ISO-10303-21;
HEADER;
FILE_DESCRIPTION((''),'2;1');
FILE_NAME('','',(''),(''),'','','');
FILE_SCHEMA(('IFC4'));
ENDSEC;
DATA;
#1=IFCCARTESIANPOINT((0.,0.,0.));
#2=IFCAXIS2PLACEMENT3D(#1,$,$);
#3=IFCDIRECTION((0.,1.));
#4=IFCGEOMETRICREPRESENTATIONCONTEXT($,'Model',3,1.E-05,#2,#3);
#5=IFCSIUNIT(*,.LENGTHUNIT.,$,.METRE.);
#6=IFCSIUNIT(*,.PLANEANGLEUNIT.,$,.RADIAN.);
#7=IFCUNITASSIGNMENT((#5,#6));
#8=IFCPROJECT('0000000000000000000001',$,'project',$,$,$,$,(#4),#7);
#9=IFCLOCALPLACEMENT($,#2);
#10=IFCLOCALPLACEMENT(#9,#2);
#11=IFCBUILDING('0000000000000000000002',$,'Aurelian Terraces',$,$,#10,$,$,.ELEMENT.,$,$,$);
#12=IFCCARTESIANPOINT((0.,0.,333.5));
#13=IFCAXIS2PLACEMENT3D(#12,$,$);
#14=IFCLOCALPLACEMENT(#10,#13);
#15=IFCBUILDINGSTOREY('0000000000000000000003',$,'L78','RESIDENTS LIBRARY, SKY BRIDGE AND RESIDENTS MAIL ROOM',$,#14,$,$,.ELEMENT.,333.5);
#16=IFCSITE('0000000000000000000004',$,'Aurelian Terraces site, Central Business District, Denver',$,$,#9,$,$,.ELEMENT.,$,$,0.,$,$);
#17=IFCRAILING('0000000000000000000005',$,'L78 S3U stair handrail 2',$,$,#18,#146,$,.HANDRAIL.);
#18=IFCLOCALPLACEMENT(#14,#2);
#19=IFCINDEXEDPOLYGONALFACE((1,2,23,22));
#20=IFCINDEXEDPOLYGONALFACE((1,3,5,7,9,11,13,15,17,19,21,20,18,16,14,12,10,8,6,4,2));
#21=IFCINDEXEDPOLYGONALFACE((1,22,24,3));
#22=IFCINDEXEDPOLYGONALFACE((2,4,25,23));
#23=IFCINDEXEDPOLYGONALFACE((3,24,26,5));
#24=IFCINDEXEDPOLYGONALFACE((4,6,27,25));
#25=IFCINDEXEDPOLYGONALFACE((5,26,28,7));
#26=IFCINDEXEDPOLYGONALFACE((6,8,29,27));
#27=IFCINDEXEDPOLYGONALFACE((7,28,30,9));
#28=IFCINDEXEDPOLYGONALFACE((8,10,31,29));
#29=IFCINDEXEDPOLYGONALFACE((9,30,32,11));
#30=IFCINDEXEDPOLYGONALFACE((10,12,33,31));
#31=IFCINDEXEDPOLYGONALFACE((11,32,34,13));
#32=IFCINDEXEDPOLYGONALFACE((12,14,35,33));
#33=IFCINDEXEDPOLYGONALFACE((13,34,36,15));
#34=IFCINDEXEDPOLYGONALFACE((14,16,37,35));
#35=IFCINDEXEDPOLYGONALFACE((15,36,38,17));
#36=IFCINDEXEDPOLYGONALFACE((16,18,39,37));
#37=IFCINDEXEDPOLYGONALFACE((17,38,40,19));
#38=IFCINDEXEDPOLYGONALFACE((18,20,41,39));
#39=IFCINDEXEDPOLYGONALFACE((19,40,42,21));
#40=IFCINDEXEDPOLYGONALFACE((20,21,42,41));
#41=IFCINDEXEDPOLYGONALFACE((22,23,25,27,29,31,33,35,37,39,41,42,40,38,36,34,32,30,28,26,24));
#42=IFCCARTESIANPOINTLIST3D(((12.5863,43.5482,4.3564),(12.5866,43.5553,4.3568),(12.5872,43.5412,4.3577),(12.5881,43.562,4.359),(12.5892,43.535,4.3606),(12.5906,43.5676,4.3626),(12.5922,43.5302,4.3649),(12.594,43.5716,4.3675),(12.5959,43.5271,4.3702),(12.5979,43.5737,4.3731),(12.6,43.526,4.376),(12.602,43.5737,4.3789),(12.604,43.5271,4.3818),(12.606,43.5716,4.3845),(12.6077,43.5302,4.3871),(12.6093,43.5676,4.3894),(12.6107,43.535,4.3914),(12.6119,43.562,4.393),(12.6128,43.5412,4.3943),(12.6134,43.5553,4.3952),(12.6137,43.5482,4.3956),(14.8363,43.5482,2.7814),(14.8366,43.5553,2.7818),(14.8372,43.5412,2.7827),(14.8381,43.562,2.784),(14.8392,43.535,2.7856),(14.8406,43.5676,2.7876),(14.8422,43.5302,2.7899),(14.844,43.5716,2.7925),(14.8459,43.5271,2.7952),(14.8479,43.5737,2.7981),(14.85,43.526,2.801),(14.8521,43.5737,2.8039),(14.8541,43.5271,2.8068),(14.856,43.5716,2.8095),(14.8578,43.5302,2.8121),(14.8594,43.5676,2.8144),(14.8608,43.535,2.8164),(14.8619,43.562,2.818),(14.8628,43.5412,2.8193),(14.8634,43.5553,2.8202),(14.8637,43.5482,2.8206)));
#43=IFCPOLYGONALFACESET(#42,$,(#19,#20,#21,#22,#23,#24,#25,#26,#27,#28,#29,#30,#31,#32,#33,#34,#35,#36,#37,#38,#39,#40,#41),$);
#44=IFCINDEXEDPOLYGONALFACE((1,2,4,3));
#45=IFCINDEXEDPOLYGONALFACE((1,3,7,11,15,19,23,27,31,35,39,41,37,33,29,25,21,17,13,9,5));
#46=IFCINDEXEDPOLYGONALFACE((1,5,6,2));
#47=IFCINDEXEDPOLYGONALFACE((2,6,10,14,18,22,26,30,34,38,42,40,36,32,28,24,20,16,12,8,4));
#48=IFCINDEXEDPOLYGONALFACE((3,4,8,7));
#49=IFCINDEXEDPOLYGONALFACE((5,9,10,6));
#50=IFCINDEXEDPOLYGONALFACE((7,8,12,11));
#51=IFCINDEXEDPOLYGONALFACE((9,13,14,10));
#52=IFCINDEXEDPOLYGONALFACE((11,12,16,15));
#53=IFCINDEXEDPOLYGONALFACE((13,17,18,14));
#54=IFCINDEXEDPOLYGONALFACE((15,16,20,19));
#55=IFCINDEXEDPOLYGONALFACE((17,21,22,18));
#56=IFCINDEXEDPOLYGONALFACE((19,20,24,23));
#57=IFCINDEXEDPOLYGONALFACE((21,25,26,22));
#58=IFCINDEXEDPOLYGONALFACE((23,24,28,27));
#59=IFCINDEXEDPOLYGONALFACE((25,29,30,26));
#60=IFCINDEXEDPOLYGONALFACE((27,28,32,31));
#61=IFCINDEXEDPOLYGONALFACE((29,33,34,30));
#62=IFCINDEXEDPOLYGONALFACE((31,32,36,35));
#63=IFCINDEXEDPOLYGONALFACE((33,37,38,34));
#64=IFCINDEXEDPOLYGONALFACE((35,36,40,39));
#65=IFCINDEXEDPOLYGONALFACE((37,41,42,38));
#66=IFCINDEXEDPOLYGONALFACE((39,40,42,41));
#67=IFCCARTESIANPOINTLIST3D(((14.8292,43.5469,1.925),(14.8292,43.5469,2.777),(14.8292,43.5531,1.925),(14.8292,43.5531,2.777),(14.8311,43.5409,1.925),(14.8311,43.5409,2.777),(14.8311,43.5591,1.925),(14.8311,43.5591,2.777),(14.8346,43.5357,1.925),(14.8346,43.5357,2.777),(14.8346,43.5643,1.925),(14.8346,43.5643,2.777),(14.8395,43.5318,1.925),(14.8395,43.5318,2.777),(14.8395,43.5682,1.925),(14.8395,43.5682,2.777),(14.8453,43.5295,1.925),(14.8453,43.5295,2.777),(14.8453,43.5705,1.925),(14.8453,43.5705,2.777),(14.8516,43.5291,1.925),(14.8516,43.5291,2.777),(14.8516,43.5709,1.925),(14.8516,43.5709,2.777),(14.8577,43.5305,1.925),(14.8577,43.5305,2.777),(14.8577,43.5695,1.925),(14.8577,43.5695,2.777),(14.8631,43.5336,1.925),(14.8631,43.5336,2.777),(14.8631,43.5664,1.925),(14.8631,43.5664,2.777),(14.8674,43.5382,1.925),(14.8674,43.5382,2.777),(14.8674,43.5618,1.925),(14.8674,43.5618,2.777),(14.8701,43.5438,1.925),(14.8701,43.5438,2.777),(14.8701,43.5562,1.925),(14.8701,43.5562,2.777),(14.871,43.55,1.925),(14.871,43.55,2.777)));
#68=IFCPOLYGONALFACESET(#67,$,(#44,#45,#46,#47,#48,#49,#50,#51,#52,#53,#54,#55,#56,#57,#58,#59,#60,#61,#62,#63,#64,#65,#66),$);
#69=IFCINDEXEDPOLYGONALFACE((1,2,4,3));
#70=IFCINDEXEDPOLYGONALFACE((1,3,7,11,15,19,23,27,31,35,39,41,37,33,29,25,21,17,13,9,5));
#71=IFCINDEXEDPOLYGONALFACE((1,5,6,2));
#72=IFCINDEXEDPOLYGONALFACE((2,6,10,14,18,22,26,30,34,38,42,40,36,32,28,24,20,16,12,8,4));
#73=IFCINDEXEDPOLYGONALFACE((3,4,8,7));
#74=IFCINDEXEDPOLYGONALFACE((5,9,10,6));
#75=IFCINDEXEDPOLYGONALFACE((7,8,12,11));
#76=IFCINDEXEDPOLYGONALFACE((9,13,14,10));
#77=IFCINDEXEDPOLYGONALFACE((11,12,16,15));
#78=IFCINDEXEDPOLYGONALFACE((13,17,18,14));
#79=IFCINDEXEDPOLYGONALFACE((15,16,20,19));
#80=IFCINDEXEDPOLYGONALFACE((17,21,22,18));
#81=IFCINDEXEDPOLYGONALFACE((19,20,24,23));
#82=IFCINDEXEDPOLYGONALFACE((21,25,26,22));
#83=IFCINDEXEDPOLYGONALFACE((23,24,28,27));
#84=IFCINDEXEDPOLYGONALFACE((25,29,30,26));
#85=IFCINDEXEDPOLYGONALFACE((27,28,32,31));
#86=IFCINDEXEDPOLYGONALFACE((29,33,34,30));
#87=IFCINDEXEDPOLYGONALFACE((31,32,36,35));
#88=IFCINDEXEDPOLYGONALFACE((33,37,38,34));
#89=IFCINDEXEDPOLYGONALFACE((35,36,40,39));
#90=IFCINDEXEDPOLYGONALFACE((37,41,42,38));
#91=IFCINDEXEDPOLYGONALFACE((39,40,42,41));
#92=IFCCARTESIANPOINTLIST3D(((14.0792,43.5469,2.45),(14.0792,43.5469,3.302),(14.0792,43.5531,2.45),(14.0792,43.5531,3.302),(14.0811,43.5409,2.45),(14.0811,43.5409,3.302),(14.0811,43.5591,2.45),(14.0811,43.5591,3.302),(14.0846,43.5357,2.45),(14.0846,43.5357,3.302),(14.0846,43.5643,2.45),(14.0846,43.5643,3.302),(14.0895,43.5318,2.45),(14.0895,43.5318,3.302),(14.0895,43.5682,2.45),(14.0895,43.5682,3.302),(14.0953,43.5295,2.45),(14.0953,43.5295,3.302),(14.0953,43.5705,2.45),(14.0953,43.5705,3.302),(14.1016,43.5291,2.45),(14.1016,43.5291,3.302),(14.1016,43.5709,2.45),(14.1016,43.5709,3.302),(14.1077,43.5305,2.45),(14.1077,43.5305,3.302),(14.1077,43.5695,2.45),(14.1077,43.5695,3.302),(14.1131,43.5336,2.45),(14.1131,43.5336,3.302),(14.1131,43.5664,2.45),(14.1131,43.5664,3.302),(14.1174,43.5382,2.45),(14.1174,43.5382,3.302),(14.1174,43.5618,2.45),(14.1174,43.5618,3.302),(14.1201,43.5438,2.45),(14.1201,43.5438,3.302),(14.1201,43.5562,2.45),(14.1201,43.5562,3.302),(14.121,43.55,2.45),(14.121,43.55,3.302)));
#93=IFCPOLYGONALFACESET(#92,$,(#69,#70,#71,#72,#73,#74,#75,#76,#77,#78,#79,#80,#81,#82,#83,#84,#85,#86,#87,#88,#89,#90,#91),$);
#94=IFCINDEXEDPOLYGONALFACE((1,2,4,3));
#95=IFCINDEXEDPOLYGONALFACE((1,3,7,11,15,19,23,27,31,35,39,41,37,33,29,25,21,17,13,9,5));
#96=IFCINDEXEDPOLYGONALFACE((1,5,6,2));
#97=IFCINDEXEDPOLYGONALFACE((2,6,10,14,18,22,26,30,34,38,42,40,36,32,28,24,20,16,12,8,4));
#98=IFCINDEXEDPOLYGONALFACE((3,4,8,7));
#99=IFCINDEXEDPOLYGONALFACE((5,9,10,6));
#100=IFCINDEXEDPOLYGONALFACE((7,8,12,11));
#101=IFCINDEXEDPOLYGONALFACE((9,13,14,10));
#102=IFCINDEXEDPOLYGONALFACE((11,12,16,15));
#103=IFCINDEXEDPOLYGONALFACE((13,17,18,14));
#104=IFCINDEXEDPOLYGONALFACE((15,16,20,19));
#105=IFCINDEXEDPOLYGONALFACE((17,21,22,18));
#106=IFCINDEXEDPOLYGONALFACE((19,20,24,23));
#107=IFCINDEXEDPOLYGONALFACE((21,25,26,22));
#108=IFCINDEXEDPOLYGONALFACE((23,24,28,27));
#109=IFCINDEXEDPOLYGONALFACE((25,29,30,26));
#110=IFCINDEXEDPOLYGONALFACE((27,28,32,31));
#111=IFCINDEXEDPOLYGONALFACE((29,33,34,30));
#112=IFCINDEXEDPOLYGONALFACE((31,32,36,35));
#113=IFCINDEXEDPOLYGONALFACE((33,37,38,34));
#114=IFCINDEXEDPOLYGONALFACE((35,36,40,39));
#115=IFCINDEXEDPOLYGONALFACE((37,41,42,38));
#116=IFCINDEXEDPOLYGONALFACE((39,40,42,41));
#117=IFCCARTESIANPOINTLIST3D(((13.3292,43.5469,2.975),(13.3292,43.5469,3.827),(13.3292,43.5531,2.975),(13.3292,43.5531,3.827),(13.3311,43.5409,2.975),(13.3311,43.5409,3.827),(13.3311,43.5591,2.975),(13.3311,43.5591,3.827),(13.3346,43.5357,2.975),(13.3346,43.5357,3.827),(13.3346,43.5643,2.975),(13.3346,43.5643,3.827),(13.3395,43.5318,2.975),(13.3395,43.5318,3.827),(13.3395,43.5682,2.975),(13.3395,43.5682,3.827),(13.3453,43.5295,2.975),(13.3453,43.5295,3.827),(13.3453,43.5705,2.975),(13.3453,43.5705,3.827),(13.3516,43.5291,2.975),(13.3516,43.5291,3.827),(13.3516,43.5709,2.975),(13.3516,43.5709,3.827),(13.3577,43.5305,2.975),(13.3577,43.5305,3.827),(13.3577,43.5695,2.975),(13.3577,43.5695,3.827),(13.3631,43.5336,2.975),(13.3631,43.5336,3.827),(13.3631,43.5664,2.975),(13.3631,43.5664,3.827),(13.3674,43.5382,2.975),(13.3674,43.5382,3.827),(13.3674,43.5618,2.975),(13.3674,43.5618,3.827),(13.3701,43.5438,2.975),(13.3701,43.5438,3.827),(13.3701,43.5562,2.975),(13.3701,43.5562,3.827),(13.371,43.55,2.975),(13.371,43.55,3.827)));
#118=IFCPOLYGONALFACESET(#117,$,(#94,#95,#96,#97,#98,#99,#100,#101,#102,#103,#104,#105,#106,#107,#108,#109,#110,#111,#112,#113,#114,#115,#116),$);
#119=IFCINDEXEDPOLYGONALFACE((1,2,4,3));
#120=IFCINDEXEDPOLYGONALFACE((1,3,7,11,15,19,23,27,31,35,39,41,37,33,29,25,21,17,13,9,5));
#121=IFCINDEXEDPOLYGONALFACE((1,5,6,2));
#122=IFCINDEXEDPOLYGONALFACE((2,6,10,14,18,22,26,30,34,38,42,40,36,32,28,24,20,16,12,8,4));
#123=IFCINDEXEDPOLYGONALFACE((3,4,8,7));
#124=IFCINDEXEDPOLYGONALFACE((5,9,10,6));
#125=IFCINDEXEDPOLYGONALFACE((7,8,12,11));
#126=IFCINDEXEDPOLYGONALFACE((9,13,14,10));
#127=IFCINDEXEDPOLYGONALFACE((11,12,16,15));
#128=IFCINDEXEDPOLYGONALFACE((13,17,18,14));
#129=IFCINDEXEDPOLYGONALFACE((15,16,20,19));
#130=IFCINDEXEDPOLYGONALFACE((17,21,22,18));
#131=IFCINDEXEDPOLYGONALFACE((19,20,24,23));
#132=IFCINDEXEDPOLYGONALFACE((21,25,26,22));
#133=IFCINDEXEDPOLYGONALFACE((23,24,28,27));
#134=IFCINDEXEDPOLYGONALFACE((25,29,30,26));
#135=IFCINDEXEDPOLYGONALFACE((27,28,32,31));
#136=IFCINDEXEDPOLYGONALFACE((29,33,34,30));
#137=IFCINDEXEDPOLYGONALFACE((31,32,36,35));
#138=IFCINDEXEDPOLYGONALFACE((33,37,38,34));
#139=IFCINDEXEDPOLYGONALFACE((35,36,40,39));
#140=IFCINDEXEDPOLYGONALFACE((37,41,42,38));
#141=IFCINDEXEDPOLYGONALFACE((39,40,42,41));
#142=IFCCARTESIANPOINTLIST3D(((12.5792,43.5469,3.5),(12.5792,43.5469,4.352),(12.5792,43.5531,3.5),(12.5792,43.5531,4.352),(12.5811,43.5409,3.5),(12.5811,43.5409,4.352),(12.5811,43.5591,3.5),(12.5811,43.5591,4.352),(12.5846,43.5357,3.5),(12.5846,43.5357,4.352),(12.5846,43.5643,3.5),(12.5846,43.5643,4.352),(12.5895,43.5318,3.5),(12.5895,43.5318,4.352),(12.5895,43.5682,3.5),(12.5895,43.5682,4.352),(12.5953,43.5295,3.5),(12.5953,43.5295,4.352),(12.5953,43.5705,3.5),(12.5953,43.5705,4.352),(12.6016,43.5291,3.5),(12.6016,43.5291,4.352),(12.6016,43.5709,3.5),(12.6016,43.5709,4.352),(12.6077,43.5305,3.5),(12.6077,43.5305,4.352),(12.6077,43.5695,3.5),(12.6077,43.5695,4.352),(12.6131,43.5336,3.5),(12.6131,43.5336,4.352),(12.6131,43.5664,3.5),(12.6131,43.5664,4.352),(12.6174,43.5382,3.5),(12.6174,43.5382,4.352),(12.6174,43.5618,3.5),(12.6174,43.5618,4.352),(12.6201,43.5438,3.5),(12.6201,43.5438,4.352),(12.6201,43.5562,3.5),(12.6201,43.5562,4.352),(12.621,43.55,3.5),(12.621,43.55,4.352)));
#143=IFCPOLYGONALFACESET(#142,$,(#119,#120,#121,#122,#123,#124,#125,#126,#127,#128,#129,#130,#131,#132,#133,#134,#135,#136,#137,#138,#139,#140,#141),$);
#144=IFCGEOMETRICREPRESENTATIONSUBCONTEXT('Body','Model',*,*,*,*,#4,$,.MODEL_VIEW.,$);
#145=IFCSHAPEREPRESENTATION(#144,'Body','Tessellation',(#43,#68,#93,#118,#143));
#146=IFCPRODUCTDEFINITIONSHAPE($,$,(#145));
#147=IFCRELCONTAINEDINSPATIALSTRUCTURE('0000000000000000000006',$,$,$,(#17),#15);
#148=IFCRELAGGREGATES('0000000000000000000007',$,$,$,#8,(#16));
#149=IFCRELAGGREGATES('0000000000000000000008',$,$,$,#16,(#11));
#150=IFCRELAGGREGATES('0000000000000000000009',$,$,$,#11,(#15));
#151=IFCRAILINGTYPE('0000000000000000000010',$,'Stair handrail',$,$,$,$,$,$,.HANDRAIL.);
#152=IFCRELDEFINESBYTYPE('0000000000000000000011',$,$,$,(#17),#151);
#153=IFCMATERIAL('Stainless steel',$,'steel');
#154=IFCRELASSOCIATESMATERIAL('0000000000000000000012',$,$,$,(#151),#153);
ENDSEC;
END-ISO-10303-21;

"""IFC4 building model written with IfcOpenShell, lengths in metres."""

from ifc_helpers import new_model, si_unit, direction, frame, origin, origin_2d, place, context, subcontext, project, spatial, circle, extrude, source, transform, mapped, material, type_object, element, save


model = new_model("IFC4")

# Units and contexts
model_context = context("Model", 3, precision=1e-05, world=origin(), true_north=direction((0.0, 1.0)))
body_context = subcontext(model_context, "Body", "Model", "MODEL_VIEW")
ifc_project = project(units=[si_unit("LENGTHUNIT", "METRE"), si_unit("PLANEANGLEUNIT", "RADIAN")], contexts=[model_context])

# Site, building, storey
site_placement = place(None, origin())
site = spatial("IfcSite", under=ifc_project, at=site_placement, Name="Aurelian Terraces site, Central Business District, Denver", CompositionType="ELEMENT", RefElevation=0.0)
building_placement = place(site_placement, origin())
building = spatial("IfcBuilding", under=site, at=building_placement, Name="Aurelian Terraces", CompositionType="ELEMENT")
storey_placement = place(building_placement, frame((0.0, 0.0, 333.5)))
storey = spatial("IfcBuildingStorey", under=building, at=storey_placement, Name="L78", Description="RESIDENTS LIBRARY, SKY BRIDGE AND RESIDENTS MAIL ROOM", CompositionType="ELEMENT", Elevation=333.5)

# Railing
ifc_material_1 = material(Name="Stainless steel", Category="steel")
railing_type_1 = type_object("IfcRailingType", Name="Stair handrail", PredefinedType="HANDRAIL", material=ifc_material_1)
shared_shape_1 = source(origin(), body_context, "Body", "SweptSolid", [
    extrude(circle(Radius=0.024, at=origin_2d()), frame((0.0, 0.0, 0.876), z_axis=(-0.819232, 0.0, 0.573462), x_axis=(0.0, -1.0, 0.0)), (0.0, 0.0, 1.0), 2.7465),
    extrude(circle(Radius=0.021, at=origin_2d()), origin(), (0.0, 0.0, 1.0), 0.852),
    extrude(circle(Radius=0.021, at=origin_2d()), frame((-0.75, 0.0, 0.525)), (0.0, 0.0, 1.0), 0.852),
    extrude(circle(Radius=0.021, at=origin_2d()), frame((-1.5, 0.0, 1.05)), (0.0, 0.0, 1.0), 0.852),
    extrude(circle(Radius=0.021, at=origin_2d()), frame((-2.25, 0.0, 1.575)), (0.0, 0.0, 1.0), 0.852),
])
railing_1_placement = place(storey_placement, frame((14.85, 43.55, 1.925)))
element("IfcRailing", 1, at=railing_1_placement, inside=storey, type_object=railing_type_1, Name="L78 S3U stair handrail 2", PredefinedType="HANDRAIL", context=body_context, shape_type="MappedRepresentation", body=[
    mapped(shared_shape_1, transform((0.0, 0.0, 0.0), scale=1.0)),
])

save(model, "model.ifc")
